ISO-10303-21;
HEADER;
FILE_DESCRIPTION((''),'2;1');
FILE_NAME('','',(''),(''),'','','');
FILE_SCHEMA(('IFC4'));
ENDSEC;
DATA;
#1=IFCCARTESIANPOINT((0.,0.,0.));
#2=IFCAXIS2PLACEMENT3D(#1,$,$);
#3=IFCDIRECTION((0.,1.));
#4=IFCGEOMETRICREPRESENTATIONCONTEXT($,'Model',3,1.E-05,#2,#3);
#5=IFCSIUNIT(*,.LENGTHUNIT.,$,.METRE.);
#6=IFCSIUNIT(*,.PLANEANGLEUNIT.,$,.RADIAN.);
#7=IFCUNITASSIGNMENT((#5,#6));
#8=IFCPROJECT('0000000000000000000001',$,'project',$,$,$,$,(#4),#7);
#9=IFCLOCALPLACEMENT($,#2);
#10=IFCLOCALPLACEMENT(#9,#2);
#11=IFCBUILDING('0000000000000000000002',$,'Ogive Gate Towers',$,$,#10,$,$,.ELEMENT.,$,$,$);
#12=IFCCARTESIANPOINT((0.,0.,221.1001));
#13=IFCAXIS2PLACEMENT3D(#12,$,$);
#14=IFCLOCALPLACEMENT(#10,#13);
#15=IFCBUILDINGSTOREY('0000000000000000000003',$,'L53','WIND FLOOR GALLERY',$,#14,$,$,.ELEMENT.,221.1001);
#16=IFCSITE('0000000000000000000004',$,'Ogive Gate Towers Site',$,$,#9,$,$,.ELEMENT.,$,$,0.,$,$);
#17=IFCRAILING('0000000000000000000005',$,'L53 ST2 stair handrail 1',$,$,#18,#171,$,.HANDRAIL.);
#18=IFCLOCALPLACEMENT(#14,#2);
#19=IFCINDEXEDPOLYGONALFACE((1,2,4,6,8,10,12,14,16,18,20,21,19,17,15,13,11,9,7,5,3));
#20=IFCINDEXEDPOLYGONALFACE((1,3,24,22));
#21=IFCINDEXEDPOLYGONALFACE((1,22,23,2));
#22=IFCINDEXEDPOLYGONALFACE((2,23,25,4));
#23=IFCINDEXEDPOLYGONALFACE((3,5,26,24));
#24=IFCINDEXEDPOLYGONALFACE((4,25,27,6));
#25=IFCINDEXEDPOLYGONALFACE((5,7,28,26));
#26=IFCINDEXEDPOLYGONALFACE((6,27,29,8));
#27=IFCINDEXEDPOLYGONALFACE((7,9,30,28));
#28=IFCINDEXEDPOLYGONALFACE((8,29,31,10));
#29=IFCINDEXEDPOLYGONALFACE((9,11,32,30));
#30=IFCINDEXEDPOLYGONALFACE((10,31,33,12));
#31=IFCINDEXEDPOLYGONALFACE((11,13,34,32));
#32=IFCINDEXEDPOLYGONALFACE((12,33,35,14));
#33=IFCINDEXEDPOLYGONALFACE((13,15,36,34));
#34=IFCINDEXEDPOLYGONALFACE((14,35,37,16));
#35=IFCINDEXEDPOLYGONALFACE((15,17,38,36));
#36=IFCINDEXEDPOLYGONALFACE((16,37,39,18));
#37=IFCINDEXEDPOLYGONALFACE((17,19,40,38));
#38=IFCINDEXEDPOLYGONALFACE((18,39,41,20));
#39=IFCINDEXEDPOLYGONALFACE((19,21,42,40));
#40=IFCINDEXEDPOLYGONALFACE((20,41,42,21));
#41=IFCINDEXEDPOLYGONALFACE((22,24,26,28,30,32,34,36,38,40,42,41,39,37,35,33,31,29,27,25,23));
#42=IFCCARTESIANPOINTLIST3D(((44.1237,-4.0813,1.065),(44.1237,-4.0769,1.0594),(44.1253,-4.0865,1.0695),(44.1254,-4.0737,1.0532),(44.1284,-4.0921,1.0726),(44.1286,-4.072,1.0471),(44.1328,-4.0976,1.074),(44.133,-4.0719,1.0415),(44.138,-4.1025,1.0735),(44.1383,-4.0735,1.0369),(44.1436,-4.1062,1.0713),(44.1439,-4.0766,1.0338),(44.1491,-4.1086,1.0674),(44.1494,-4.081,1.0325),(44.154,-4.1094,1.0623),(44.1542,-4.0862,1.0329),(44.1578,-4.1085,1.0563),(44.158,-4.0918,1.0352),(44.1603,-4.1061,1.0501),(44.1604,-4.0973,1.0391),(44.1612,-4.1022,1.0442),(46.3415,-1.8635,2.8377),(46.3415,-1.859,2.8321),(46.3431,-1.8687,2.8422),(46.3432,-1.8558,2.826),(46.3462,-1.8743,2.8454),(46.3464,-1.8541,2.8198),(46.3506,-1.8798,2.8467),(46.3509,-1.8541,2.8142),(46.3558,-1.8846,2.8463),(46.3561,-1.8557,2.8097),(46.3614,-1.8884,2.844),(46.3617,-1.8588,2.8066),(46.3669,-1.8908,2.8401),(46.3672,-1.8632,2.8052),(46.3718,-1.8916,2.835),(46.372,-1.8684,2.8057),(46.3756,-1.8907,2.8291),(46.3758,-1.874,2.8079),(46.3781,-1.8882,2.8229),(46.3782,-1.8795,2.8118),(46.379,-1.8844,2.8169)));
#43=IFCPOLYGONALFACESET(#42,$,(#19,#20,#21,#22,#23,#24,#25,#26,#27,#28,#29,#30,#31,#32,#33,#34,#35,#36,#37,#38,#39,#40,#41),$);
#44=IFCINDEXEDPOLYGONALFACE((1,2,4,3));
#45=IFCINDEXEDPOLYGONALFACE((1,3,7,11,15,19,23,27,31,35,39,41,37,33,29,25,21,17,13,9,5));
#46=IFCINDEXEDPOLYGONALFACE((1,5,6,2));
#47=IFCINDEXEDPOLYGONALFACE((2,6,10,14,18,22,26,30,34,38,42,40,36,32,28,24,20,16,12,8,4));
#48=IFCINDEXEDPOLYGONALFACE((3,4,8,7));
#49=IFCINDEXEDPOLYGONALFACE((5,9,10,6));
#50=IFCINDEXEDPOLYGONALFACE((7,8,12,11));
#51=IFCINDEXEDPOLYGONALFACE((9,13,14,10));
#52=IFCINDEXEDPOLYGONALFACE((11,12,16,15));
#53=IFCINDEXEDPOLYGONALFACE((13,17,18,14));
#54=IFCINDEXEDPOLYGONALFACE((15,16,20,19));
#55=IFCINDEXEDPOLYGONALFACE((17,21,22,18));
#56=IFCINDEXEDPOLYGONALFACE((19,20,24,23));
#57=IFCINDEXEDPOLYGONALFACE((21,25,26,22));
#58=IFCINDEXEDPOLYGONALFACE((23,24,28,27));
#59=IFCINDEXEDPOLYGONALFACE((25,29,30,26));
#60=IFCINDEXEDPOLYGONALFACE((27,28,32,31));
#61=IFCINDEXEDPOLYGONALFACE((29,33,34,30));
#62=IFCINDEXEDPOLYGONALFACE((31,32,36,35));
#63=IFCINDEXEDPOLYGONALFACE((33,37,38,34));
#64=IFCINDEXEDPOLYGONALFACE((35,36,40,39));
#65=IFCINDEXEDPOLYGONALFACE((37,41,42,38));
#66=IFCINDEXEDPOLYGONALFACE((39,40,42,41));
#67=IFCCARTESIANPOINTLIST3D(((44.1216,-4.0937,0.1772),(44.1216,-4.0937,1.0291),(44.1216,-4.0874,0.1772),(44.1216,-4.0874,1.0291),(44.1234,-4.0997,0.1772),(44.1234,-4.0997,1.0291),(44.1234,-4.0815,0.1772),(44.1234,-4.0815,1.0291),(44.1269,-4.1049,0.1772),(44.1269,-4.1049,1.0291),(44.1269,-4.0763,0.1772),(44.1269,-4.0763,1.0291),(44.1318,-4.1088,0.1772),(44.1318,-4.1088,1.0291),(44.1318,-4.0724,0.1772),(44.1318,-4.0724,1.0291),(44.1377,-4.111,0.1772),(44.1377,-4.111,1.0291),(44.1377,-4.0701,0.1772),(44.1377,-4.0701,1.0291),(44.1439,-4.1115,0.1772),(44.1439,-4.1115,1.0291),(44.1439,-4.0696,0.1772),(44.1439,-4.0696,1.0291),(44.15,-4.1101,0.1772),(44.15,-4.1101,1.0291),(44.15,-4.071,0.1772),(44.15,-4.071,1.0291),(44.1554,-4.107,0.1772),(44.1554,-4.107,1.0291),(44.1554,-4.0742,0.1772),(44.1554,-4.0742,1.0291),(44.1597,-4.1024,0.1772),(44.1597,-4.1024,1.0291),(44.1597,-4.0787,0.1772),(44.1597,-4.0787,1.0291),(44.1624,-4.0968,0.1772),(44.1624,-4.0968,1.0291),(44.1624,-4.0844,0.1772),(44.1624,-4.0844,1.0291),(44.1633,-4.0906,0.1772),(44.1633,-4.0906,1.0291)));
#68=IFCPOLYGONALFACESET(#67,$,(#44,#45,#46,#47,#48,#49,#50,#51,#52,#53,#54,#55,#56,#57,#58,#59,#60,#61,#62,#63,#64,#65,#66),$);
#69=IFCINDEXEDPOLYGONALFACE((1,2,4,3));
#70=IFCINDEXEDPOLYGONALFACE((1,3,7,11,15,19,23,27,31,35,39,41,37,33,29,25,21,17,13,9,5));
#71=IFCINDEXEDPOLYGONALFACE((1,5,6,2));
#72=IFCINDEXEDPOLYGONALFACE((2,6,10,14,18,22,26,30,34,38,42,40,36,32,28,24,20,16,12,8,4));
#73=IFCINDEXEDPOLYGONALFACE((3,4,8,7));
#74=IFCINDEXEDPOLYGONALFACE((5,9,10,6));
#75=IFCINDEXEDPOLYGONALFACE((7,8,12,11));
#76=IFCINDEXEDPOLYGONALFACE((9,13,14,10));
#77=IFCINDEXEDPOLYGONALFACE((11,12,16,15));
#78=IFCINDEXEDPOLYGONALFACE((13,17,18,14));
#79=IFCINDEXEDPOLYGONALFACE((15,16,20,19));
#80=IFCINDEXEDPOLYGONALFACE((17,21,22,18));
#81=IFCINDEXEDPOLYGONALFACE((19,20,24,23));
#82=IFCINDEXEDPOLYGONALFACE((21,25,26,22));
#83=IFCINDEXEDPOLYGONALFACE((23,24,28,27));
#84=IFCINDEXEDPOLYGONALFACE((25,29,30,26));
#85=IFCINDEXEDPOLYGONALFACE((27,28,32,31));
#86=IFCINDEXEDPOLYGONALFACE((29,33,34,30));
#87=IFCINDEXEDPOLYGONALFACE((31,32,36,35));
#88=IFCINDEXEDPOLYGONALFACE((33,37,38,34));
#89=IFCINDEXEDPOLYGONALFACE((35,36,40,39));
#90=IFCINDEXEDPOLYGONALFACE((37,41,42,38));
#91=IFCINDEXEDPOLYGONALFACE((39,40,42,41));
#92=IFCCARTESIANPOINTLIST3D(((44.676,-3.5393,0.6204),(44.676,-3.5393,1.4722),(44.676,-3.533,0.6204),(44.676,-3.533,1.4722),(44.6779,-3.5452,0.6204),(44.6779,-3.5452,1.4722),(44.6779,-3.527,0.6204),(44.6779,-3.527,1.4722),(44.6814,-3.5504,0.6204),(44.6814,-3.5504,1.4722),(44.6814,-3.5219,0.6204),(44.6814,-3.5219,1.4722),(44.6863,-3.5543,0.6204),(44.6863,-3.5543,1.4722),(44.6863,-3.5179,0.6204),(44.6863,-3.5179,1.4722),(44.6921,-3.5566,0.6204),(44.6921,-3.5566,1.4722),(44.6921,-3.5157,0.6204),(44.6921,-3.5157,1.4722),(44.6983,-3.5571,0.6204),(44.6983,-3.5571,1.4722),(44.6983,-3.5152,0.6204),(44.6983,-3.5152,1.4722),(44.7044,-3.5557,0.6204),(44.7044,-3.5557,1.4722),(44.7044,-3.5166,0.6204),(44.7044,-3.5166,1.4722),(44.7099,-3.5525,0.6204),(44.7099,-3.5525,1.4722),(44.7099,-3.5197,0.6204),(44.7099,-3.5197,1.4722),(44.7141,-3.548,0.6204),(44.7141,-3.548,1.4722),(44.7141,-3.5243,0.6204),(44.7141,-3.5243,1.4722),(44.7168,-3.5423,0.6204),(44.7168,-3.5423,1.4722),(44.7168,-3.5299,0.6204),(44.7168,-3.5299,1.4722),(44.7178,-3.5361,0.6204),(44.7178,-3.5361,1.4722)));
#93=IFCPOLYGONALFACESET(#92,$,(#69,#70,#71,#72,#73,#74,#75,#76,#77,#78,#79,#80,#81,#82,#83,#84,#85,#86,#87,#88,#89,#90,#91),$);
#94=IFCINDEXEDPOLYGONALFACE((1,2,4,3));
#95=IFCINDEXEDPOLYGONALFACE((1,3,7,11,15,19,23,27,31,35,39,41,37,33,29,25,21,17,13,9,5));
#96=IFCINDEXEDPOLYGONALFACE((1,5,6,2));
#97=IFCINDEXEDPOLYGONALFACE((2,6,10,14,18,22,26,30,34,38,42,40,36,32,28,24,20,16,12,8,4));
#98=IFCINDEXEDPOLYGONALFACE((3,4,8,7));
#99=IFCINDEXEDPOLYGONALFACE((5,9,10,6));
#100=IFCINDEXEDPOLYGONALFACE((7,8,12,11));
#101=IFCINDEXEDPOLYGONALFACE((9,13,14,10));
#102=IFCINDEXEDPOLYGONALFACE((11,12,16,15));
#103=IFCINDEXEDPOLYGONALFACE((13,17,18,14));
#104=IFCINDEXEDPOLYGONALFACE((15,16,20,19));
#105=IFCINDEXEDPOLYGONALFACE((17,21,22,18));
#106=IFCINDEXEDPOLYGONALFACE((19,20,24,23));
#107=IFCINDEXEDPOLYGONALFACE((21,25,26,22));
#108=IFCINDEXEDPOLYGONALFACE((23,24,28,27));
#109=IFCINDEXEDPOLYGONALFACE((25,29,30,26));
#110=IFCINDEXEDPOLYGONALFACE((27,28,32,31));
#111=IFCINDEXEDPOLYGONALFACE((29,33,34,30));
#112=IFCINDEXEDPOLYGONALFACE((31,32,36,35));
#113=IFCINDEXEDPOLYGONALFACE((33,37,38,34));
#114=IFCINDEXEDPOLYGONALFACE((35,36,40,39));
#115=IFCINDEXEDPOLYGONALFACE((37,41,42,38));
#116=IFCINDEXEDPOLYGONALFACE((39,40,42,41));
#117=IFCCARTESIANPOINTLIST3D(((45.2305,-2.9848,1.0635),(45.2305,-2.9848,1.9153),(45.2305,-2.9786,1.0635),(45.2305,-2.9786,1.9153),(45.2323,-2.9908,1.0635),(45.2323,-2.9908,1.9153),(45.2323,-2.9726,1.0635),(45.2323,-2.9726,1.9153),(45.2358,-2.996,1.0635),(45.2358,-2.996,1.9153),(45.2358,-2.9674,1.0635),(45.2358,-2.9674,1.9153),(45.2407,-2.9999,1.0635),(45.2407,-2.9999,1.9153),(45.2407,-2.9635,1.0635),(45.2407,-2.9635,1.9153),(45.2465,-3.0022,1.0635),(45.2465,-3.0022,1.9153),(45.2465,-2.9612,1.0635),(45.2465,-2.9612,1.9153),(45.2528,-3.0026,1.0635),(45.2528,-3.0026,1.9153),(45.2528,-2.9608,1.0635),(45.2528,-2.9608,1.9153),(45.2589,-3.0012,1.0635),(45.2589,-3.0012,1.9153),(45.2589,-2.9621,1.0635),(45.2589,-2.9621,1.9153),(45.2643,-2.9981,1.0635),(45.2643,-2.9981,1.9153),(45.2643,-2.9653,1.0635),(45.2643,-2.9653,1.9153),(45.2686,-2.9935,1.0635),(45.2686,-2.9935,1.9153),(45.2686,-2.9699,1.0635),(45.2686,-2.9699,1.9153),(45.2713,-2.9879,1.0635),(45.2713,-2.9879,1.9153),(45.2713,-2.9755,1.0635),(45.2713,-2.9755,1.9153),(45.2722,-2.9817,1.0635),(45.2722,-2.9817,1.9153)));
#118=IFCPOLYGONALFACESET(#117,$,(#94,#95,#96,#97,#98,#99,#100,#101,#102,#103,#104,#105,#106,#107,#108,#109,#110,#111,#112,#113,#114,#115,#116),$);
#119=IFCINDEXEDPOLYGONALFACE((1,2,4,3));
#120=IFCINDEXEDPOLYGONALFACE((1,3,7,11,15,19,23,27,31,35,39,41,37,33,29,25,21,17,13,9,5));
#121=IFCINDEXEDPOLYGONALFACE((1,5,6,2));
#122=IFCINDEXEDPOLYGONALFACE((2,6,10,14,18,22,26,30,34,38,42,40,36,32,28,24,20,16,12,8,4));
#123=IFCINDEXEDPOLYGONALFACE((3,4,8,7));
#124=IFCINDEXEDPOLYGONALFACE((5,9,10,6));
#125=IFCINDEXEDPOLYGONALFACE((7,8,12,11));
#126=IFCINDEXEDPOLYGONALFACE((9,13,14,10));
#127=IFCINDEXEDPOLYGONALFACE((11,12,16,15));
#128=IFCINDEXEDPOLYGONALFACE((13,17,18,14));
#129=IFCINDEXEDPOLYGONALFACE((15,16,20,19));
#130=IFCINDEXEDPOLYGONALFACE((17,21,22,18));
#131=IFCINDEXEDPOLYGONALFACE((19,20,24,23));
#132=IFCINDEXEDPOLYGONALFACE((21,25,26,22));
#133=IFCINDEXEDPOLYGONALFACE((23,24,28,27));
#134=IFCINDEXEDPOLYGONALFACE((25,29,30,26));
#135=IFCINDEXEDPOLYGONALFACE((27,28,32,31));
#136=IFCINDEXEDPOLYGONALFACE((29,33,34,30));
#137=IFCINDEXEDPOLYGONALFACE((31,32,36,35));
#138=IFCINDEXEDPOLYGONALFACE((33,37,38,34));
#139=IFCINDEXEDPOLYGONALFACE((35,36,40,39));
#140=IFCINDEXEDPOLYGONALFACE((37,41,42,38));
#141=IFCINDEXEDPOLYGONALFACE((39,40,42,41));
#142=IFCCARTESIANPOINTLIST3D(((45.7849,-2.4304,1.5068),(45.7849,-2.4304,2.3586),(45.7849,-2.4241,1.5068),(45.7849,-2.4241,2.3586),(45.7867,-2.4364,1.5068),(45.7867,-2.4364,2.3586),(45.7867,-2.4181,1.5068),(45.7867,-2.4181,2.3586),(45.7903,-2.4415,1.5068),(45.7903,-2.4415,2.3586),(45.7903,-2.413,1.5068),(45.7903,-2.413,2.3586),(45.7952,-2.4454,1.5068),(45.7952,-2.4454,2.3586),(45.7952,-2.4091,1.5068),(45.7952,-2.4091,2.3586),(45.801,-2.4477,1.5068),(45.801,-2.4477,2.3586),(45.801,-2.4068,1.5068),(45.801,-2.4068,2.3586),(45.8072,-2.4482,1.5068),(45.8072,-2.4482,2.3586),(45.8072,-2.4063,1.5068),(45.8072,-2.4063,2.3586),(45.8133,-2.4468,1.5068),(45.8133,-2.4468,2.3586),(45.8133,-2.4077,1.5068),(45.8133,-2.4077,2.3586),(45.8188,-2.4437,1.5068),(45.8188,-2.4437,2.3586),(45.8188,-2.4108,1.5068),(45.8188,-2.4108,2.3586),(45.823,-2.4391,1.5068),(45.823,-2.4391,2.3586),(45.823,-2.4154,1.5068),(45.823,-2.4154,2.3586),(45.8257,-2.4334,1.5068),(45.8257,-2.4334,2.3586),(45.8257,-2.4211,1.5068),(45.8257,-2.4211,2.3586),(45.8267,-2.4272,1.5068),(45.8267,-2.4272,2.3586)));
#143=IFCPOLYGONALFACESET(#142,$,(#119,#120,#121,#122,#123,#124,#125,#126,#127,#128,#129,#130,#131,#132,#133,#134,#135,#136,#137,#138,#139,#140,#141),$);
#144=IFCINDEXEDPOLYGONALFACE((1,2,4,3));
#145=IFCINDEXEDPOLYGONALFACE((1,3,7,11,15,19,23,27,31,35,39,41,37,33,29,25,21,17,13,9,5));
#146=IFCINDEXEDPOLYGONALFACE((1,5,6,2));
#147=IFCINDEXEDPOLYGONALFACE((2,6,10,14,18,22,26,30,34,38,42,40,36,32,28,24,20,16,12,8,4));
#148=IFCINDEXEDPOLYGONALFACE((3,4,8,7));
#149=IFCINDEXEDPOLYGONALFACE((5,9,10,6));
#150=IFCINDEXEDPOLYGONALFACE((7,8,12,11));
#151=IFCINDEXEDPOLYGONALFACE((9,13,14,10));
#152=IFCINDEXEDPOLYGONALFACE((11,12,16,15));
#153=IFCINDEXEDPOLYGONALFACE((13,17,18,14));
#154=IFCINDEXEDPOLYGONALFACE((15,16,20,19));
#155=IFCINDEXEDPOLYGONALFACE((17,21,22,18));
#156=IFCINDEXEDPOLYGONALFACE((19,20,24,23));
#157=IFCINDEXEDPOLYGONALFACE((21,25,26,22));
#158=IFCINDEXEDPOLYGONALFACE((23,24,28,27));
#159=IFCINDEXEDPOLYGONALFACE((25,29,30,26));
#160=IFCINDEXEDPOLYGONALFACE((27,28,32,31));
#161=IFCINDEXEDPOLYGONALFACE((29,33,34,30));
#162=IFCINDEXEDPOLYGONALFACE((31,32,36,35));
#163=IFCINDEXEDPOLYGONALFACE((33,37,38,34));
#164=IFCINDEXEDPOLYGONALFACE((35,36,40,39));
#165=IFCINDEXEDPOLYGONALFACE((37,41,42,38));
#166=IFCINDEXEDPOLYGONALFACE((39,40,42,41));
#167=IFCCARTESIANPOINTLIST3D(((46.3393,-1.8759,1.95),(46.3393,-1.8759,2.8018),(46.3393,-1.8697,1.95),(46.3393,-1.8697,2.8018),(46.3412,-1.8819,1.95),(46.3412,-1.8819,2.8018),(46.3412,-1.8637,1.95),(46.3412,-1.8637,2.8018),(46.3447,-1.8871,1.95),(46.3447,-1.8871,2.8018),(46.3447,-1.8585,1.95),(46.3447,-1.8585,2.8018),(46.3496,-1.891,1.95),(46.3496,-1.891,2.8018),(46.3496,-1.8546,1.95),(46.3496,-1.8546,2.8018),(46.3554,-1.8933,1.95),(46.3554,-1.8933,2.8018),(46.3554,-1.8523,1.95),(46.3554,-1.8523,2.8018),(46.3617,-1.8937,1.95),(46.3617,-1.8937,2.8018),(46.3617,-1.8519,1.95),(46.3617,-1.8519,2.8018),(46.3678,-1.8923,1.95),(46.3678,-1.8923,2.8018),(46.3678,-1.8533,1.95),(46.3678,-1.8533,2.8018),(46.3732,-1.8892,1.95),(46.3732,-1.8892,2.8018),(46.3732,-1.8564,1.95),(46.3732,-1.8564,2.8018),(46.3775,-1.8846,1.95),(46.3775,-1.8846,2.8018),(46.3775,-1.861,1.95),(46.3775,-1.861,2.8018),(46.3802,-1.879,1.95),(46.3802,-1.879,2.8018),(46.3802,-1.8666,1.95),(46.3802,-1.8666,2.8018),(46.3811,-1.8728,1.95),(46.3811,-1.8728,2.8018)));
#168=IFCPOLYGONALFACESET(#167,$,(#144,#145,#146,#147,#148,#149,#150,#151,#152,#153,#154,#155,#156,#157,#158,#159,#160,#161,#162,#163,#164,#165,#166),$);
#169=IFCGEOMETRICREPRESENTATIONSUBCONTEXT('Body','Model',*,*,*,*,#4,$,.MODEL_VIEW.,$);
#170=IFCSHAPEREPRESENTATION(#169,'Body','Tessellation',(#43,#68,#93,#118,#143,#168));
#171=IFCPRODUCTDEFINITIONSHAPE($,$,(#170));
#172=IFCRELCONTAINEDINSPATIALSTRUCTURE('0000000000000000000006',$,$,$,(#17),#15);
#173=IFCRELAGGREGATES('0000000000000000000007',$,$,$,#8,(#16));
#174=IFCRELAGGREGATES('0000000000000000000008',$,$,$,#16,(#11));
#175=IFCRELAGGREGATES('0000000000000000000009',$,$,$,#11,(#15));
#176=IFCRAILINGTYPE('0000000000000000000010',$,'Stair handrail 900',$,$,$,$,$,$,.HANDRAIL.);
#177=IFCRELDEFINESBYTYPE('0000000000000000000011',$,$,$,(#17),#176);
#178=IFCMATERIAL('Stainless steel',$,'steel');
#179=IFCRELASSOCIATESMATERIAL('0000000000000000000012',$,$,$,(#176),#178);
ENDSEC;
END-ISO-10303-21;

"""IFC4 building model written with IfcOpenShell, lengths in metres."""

from ifc_helpers import new_model, si_unit, direction, frame, origin, origin_2d, place, context, subcontext, project, spatial, circle, extrude, material, type_object, element, save


model = new_model("IFC4")

# Units and contexts
model_context = context("Model", 3, precision=1e-05, world=origin(), true_north=direction((0.0, 1.0)))
body_context = subcontext(model_context, "Body", "Model", "MODEL_VIEW")
ifc_project = project(units=[si_unit("LENGTHUNIT", "METRE"), si_unit("PLANEANGLEUNIT", "RADIAN")], contexts=[model_context])

# Site, building, storey
site_placement = place(None, origin())
site = spatial("IfcSite", under=ifc_project, at=site_placement, Name="Ogive Gate Towers Site", CompositionType="ELEMENT", RefElevation=0.0)
building_placement = place(site_placement, origin())
building = spatial("IfcBuilding", under=site, at=building_placement, Name="Ogive Gate Towers", CompositionType="ELEMENT")
storey_placement = place(building_placement, frame((0.0, 0.0, 221.1001)))
storey = spatial("IfcBuildingStorey", under=building, at=storey_placement, Name="L53", Description="WIND FLOOR GALLERY", CompositionType="ELEMENT", Elevation=221.1001)

# Railing
ifc_material_1 = material(Name="Stainless steel", Category="steel")
railing_type_1 = type_object("IfcRailingType", Name="Stair handrail 900", PredefinedType="HANDRAIL", material=ifc_material_1)
for number, where, name in (
    (1, (44.1423, -4.0906, 0.1772), "L53 ST2 stair handrail 1"),
):
    element("IfcRailing", number, at=place(storey_placement, frame(where)), inside=storey, type_object=railing_type_1, Name=name, PredefinedType="HANDRAIL", context=body_context, shape_type="SweptSolid", body=[
        extrude(circle(Radius=0.0239, at=origin_2d()), frame((0.0, 0.0, 0.876), z_axis=(0.615585, 0.615585, 0.492048), x_axis=(-0.707107, 0.707107, 0.0)), (0.0, 0.0, 1.0), 3.6028),
        extrude(circle(Radius=0.021, at=origin_2d()), origin(), (0.0, 0.0, 1.0), 0.8518),
        extrude(circle(Radius=0.021, at=origin_2d()), frame((0.5544, 0.5544, 0.4431)), (0.0, 0.0, 1.0), 0.8518),
        extrude(circle(Radius=0.021, at=origin_2d()), frame((1.1089, 1.1089, 0.8862)), (0.0, 0.0, 1.0), 0.8518),
        extrude(circle(Radius=0.021, at=origin_2d()), frame((1.6633, 1.6633, 1.3296)), (0.0, 0.0, 1.0), 0.8518),
        extrude(circle(Radius=0.021, at=origin_2d()), frame((2.2178, 2.2178, 1.7727)), (0.0, 0.0, 1.0), 0.8518),
    ])

save(model, "model.ifc")
